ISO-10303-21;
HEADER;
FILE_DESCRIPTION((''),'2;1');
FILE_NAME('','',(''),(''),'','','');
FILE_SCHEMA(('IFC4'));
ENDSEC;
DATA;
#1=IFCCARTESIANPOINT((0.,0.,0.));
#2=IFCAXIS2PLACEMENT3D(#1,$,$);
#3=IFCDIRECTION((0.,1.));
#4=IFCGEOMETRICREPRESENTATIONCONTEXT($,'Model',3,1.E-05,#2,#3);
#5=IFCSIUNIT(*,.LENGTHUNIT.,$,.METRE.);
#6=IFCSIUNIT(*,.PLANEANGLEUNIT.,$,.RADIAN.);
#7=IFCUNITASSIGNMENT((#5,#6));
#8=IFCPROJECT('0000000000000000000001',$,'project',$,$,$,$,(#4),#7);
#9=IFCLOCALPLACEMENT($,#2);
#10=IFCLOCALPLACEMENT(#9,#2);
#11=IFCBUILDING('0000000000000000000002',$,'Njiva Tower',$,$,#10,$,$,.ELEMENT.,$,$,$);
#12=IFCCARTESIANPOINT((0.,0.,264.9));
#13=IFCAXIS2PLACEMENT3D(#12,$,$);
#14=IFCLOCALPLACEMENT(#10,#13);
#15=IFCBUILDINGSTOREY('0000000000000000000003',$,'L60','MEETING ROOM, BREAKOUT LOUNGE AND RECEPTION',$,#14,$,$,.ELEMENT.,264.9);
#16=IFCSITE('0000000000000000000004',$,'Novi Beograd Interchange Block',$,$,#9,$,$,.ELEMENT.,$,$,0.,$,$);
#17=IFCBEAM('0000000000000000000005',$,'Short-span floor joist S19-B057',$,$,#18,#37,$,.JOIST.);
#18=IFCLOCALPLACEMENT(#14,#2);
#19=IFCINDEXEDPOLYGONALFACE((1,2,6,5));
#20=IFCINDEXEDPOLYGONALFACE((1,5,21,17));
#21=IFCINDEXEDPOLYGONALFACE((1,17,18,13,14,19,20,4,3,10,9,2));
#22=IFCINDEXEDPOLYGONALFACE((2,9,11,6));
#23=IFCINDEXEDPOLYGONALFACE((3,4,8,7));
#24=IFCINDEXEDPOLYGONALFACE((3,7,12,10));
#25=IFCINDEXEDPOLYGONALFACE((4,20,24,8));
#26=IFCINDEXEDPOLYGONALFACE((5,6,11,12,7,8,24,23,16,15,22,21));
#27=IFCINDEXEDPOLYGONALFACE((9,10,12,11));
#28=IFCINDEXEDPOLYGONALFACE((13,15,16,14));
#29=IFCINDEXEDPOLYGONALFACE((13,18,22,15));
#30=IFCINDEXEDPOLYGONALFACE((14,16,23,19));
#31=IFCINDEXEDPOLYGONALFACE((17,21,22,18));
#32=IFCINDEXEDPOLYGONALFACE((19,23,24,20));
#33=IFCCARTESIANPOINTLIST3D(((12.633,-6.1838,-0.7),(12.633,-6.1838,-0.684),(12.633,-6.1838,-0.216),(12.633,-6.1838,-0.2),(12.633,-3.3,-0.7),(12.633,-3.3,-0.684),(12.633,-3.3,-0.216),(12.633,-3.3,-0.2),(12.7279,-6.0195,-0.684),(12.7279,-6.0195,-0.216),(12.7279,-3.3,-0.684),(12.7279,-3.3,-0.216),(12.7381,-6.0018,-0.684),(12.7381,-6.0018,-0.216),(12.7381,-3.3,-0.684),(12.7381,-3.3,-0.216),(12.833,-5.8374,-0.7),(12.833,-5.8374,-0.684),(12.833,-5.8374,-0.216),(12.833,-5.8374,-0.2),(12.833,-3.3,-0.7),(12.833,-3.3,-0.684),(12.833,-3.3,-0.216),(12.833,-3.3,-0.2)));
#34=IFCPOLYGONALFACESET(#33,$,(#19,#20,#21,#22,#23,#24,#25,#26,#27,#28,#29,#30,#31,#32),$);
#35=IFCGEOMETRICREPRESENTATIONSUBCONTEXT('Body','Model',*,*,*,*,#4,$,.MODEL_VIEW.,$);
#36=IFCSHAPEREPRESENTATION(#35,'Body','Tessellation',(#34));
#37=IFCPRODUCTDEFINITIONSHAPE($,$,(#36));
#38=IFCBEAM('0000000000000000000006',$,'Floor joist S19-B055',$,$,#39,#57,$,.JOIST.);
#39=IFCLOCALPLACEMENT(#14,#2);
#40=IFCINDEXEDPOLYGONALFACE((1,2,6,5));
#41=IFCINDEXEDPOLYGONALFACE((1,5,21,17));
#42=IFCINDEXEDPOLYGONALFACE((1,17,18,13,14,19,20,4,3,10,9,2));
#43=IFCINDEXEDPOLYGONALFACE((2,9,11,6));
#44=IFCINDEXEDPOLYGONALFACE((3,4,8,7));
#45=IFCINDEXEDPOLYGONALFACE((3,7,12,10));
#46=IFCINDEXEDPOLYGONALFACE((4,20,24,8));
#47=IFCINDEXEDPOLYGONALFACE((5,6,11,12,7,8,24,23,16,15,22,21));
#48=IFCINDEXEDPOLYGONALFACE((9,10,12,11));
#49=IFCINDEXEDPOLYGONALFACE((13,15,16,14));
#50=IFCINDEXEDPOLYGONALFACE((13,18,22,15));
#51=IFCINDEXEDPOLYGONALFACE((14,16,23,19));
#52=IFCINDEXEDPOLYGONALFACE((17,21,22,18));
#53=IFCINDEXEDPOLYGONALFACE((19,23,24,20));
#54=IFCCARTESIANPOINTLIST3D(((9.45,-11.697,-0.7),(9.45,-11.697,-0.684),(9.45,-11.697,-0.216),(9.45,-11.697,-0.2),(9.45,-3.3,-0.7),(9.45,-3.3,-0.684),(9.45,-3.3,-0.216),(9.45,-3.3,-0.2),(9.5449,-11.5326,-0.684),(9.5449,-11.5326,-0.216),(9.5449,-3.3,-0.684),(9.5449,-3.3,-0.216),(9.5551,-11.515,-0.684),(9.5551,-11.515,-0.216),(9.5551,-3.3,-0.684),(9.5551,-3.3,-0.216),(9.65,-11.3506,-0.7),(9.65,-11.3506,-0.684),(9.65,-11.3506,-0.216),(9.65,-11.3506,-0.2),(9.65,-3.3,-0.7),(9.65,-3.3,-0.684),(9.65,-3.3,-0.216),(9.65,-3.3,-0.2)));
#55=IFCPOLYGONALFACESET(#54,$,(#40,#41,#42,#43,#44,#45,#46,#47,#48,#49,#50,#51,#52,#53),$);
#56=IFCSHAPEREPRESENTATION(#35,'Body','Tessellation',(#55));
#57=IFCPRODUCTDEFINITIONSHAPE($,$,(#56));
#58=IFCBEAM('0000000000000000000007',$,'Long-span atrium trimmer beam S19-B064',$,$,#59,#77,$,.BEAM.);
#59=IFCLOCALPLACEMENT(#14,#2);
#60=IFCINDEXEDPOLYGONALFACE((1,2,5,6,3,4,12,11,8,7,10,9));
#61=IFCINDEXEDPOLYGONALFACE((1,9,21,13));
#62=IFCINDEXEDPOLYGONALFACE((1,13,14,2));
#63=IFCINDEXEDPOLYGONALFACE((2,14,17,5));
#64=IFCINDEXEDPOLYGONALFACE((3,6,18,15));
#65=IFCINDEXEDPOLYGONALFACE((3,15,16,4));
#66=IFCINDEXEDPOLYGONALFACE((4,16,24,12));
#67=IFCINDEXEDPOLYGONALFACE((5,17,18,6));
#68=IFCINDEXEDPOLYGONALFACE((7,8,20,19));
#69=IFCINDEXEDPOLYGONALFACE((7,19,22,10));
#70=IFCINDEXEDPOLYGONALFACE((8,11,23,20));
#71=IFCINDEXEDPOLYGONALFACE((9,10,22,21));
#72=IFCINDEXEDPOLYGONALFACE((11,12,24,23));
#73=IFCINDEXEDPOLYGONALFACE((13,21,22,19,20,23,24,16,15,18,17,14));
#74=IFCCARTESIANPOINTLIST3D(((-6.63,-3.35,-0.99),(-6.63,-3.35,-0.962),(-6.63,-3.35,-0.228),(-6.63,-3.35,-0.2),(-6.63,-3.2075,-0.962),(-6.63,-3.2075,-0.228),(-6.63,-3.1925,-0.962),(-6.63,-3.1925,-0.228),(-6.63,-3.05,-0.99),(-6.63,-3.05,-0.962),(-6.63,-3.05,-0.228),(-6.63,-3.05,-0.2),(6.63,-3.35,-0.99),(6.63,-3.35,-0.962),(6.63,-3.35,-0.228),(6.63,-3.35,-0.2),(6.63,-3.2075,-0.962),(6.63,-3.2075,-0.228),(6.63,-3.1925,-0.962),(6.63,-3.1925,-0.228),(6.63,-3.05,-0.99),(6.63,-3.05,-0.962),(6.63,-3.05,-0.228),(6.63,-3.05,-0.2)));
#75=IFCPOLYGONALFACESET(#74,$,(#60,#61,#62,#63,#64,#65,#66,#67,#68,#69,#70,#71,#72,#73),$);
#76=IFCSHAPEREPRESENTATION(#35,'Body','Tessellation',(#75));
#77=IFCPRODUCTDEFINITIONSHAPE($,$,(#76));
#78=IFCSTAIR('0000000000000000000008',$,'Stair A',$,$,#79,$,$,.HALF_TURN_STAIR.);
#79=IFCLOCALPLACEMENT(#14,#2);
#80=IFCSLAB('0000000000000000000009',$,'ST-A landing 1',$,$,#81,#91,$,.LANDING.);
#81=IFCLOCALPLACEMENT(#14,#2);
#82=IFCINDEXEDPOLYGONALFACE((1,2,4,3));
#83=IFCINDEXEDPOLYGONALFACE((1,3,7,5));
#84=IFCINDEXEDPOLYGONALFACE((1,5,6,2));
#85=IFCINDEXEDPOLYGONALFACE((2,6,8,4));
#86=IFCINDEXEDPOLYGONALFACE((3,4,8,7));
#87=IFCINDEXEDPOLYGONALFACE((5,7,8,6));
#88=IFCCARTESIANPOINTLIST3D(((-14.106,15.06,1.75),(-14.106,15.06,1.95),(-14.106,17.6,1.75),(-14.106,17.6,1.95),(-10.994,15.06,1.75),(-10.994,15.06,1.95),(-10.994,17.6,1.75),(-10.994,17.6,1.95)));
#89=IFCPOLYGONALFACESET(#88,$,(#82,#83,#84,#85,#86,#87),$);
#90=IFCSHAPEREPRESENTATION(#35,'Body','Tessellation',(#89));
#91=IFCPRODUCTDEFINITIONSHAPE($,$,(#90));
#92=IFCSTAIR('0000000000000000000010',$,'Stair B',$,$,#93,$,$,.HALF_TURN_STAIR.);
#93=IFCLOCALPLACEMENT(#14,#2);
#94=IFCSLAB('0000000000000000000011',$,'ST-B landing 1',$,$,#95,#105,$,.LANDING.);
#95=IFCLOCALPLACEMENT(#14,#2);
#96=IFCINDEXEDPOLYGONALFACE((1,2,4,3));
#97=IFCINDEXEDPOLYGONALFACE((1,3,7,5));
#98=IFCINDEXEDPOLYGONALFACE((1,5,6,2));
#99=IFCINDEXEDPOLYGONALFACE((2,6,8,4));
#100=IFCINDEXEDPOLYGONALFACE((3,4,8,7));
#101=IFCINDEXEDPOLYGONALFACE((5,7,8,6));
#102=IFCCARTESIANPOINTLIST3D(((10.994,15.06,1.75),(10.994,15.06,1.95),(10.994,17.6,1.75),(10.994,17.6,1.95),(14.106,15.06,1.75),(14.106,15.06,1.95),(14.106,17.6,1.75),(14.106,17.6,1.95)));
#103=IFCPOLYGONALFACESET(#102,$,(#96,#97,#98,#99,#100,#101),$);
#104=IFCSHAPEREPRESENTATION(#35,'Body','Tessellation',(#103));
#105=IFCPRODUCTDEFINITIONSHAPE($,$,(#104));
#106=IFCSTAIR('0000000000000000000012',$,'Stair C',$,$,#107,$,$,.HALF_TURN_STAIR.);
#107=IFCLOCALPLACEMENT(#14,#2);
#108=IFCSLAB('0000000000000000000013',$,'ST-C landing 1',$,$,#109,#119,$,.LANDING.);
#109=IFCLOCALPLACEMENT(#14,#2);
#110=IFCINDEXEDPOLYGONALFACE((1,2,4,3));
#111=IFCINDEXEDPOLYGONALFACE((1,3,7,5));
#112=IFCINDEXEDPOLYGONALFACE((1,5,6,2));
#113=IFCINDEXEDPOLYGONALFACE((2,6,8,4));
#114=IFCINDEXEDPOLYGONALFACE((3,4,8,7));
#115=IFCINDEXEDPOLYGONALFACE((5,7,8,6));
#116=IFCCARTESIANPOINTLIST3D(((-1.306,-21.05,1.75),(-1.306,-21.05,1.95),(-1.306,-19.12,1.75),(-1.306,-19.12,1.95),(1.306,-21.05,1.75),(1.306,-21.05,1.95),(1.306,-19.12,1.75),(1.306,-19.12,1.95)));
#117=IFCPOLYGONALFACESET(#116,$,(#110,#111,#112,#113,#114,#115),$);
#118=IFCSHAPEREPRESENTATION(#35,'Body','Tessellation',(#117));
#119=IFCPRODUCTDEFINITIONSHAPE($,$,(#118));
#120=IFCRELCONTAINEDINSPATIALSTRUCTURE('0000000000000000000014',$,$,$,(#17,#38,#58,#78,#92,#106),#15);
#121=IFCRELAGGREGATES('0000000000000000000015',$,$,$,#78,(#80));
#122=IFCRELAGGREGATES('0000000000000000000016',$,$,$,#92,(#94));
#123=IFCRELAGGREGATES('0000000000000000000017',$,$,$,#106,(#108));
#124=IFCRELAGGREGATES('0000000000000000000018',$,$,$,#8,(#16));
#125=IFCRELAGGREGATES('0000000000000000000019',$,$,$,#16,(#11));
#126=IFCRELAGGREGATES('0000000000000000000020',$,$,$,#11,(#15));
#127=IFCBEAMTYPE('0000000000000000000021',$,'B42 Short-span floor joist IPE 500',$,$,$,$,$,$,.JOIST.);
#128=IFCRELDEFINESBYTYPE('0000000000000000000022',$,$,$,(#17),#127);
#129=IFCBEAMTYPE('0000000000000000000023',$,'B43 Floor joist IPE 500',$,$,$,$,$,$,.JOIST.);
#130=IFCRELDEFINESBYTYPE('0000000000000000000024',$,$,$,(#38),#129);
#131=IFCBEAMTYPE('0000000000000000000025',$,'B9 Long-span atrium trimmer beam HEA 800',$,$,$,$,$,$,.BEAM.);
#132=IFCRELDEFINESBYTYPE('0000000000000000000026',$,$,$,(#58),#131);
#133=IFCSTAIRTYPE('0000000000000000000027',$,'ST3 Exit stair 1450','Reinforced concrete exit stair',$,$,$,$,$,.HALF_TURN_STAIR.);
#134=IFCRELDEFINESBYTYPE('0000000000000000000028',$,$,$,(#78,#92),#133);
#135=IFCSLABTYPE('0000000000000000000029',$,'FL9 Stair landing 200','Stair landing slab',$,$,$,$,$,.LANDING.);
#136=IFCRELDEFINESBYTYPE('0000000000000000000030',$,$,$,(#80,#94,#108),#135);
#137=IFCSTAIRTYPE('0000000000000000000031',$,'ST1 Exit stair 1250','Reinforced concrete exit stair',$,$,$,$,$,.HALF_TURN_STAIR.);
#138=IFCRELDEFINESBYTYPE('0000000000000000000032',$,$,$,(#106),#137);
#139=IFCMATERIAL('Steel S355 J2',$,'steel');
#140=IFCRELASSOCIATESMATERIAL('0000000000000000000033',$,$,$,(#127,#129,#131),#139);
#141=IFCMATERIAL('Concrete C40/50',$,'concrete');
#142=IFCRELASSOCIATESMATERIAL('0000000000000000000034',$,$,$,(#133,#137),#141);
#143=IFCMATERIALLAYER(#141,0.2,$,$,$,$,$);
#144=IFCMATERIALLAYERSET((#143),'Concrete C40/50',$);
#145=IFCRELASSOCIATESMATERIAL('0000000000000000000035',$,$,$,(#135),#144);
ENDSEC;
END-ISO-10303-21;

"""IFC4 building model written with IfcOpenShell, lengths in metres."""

from ifc_helpers import new_model, si_unit, direction, frame, origin, origin_2d, place, context, subcontext, project, spatial, polyline, i_section, outline, extrude, clip, halfspace, material, layer, layer_set, material_profile, profile_set, type_object, element, aggregate, save


model = new_model("IFC4")

# Units and contexts
model_context = context("Model", 3, precision=1e-05, world=origin(), true_north=direction((0.0, 1.0)))
body_context = subcontext(model_context, "Body", "Model", "MODEL_VIEW")
ifc_project = project(units=[si_unit("LENGTHUNIT", "METRE"), si_unit("PLANEANGLEUNIT", "RADIAN")], contexts=[model_context])

# Site, building, storey
site_placement = place(None, origin())
site = spatial("IfcSite", under=ifc_project, at=site_placement, Name="Novi Beograd Interchange Block", CompositionType="ELEMENT", RefElevation=0.0)
building_placement = place(site_placement, origin())
building = spatial("IfcBuilding", under=site, at=building_placement, Name="Njiva Tower", CompositionType="ELEMENT")
storey_placement = place(building_placement, frame((0.0, 0.0, 264.9)))
storey = spatial("IfcBuildingStorey", under=building, at=storey_placement, Name="L60", Description="MEETING ROOM, BREAKOUT LOUNGE AND RECEPTION", CompositionType="ELEMENT", Elevation=264.9)

# Shared definitions
ifc_material_1 = material(Name="Steel S355 J2", Category="steel")

# Beams
ifc_material_profile_1 = material_profile(ifc_material_1, i_section(OverallWidth=0.2, OverallDepth=0.5, WebThickness=0.0102, FlangeThickness=0.016, at=origin_2d()), Name="IPE 500")
ifc_profile_set_1 = profile_set([ifc_material_profile_1], Name="Steel S355 J2")
beam_type_1 = type_object("IfcBeamType", Name="B42 Short-span floor joist IPE 500", PredefinedType="JOIST", material=ifc_profile_set_1)
beam_1_placement = place(storey_placement, frame((12.733, -3.3, -0.45), z_axis=(0.0, -1.0, 0.0), x_axis=(1.0, 0.0, 0.0)))
element("IfcBeam", 1, at=beam_1_placement, inside=storey, type_object=beam_type_1, Name="Short-span floor joist S19-B057", PredefinedType="JOIST", context=body_context, shape_type="Clipping", body=[
    clip(extrude(i_section(OverallWidth=0.2, OverallDepth=0.5, WebThickness=0.0102, FlangeThickness=0.016, at=origin_2d()), origin(), (0.0, 0.0, 1.0), 2.903), halfspace(frame((0.0436, 0.0, 2.6351), z_axis=(0.866027, 0.0, 0.499998), x_axis=(0.0, 1.0, 0.0)), False)),
])
ifc_material_profile_2 = material_profile(ifc_material_1, i_section(OverallWidth=0.2, OverallDepth=0.5, WebThickness=0.0102, FlangeThickness=0.016, at=origin_2d()), Name="IPE 500")
ifc_profile_set_2 = profile_set([ifc_material_profile_2], Name="Steel S355 J2")
beam_type_2 = type_object("IfcBeamType", Name="B43 Floor joist IPE 500", PredefinedType="JOIST", material=ifc_profile_set_2)
beam_2_placement = place(storey_placement, frame((9.55, -3.3, -0.45), z_axis=(0.0, -1.0, 0.0), x_axis=(1.0, 0.0, 0.0)))
element("IfcBeam", 2, at=beam_2_placement, inside=storey, type_object=beam_type_2, Name="Floor joist S19-B055", PredefinedType="JOIST", context=body_context, shape_type="Clipping", body=[
    clip(extrude(i_section(OverallWidth=0.2, OverallDepth=0.5, WebThickness=0.0102, FlangeThickness=0.016, at=origin_2d()), origin(), (0.0, 0.0, 1.0), 8.417), halfspace(frame((0.0433, 0.0, 8.1488), z_axis=(0.866027, 0.0, 0.499998), x_axis=(0.0, 1.0, 0.0)), False)),
])
ifc_material_profile_3 = material_profile(ifc_material_1, i_section(OverallWidth=0.3, OverallDepth=0.79, WebThickness=0.015, FlangeThickness=0.028, at=origin_2d()), Name="HEA 800")
ifc_profile_set_3 = profile_set([ifc_material_profile_3], Name="Steel S355 J2")
beam_type_3 = type_object("IfcBeamType", Name="B9 Long-span atrium trimmer beam HEA 800", PredefinedType="BEAM", material=ifc_profile_set_3)
beam_3_placement = place(storey_placement, frame((6.63, -3.2, -0.595), z_axis=(-1.0, 0.0, 0.0), x_axis=(0.0, -1.0, 0.0)))
element("IfcBeam", 3, at=beam_3_placement, inside=storey, type_object=beam_type_3, Name="Long-span atrium trimmer beam S19-B064", PredefinedType="BEAM", context=body_context, shape_type="SweptSolid", body=[
    extrude(i_section(OverallWidth=0.3, OverallDepth=0.79, WebThickness=0.015, FlangeThickness=0.028, at=origin_2d()), origin(), (0.0, 0.0, 1.0), 13.26),
])

# Stairs, slabs
ifc_material_2 = material(Name="Concrete C40/50", Category="concrete")
stair_type_1 = type_object("IfcStairType", Name="ST3 Exit stair 1450", Description="Reinforced concrete exit stair", PredefinedType="HALF_TURN_STAIR", material=ifc_material_2)
stair_1_placement = place(storey_placement, origin())
stair_1 = element("IfcStair", 4, at=stair_1_placement, inside=storey, type_object=stair_type_1, Name="Stair A", PredefinedType="HALF_TURN_STAIR")
ifc_layer_1 = layer(ifc_material_2, 0.2)
ifc_layer_set_1 = layer_set([ifc_layer_1], Name="Concrete C40/50")
slab_type_1 = type_object("IfcSlabType", Name="FL9 Stair landing 200", Description="Stair landing slab", PredefinedType="LANDING", material=ifc_layer_set_1)
slab_1_placement = place(storey_placement, frame((0.0, 0.0, 1.75)))
slab_1 = element("IfcSlab", 5, at=slab_1_placement, type_object=slab_type_1, Name="ST-A landing 1", PredefinedType="LANDING", context=body_context, shape_type="SweptSolid", body=[
    extrude(outline(polyline([(-14.106, 15.06), (-10.994, 15.06), (-10.994, 17.6), (-14.106, 17.6), (-14.106, 15.06)])), origin(), (0.0, 0.0, 1.0), 0.2),
])
aggregate(stair_1, [slab_1])
stair_2_placement = place(storey_placement, origin())
stair_2 = element("IfcStair", 6, at=stair_2_placement, inside=storey, type_object=stair_type_1, Name="Stair B", PredefinedType="HALF_TURN_STAIR")
slab_2_placement = place(storey_placement, frame((0.0, 0.0, 1.75)))
slab_2 = element("IfcSlab", 7, at=slab_2_placement, type_object=slab_type_1, Name="ST-B landing 1", PredefinedType="LANDING", context=body_context, shape_type="SweptSolid", body=[
    extrude(outline(polyline([(10.994, 15.06), (14.106, 15.06), (14.106, 17.6), (10.994, 17.6), (10.994, 15.06)])), origin(), (0.0, 0.0, 1.0), 0.2),
])
aggregate(stair_2, [slab_2])
stair_type_2 = type_object("IfcStairType", Name="ST1 Exit stair 1250", Description="Reinforced concrete exit stair", PredefinedType="HALF_TURN_STAIR", material=ifc_material_2)
stair_3_placement = place(storey_placement, origin())
stair_3 = element("IfcStair", 8, at=stair_3_placement, inside=storey, type_object=stair_type_2, Name="Stair C", PredefinedType="HALF_TURN_STAIR")
slab_3_placement = place(storey_placement, frame((0.0, 0.0, 1.75)))
slab_3 = element("IfcSlab", 9, at=slab_3_placement, type_object=slab_type_1, Name="ST-C landing 1", PredefinedType="LANDING", context=body_context, shape_type="SweptSolid", body=[
    extrude(outline(polyline([(-1.306, -21.05), (1.306, -21.05), (1.306, -19.12), (-1.306, -19.12), (-1.306, -21.05)])), origin(), (0.0, 0.0, 1.0), 0.2),
])
aggregate(stair_3, [slab_3])

save(model, "model.ifc")
